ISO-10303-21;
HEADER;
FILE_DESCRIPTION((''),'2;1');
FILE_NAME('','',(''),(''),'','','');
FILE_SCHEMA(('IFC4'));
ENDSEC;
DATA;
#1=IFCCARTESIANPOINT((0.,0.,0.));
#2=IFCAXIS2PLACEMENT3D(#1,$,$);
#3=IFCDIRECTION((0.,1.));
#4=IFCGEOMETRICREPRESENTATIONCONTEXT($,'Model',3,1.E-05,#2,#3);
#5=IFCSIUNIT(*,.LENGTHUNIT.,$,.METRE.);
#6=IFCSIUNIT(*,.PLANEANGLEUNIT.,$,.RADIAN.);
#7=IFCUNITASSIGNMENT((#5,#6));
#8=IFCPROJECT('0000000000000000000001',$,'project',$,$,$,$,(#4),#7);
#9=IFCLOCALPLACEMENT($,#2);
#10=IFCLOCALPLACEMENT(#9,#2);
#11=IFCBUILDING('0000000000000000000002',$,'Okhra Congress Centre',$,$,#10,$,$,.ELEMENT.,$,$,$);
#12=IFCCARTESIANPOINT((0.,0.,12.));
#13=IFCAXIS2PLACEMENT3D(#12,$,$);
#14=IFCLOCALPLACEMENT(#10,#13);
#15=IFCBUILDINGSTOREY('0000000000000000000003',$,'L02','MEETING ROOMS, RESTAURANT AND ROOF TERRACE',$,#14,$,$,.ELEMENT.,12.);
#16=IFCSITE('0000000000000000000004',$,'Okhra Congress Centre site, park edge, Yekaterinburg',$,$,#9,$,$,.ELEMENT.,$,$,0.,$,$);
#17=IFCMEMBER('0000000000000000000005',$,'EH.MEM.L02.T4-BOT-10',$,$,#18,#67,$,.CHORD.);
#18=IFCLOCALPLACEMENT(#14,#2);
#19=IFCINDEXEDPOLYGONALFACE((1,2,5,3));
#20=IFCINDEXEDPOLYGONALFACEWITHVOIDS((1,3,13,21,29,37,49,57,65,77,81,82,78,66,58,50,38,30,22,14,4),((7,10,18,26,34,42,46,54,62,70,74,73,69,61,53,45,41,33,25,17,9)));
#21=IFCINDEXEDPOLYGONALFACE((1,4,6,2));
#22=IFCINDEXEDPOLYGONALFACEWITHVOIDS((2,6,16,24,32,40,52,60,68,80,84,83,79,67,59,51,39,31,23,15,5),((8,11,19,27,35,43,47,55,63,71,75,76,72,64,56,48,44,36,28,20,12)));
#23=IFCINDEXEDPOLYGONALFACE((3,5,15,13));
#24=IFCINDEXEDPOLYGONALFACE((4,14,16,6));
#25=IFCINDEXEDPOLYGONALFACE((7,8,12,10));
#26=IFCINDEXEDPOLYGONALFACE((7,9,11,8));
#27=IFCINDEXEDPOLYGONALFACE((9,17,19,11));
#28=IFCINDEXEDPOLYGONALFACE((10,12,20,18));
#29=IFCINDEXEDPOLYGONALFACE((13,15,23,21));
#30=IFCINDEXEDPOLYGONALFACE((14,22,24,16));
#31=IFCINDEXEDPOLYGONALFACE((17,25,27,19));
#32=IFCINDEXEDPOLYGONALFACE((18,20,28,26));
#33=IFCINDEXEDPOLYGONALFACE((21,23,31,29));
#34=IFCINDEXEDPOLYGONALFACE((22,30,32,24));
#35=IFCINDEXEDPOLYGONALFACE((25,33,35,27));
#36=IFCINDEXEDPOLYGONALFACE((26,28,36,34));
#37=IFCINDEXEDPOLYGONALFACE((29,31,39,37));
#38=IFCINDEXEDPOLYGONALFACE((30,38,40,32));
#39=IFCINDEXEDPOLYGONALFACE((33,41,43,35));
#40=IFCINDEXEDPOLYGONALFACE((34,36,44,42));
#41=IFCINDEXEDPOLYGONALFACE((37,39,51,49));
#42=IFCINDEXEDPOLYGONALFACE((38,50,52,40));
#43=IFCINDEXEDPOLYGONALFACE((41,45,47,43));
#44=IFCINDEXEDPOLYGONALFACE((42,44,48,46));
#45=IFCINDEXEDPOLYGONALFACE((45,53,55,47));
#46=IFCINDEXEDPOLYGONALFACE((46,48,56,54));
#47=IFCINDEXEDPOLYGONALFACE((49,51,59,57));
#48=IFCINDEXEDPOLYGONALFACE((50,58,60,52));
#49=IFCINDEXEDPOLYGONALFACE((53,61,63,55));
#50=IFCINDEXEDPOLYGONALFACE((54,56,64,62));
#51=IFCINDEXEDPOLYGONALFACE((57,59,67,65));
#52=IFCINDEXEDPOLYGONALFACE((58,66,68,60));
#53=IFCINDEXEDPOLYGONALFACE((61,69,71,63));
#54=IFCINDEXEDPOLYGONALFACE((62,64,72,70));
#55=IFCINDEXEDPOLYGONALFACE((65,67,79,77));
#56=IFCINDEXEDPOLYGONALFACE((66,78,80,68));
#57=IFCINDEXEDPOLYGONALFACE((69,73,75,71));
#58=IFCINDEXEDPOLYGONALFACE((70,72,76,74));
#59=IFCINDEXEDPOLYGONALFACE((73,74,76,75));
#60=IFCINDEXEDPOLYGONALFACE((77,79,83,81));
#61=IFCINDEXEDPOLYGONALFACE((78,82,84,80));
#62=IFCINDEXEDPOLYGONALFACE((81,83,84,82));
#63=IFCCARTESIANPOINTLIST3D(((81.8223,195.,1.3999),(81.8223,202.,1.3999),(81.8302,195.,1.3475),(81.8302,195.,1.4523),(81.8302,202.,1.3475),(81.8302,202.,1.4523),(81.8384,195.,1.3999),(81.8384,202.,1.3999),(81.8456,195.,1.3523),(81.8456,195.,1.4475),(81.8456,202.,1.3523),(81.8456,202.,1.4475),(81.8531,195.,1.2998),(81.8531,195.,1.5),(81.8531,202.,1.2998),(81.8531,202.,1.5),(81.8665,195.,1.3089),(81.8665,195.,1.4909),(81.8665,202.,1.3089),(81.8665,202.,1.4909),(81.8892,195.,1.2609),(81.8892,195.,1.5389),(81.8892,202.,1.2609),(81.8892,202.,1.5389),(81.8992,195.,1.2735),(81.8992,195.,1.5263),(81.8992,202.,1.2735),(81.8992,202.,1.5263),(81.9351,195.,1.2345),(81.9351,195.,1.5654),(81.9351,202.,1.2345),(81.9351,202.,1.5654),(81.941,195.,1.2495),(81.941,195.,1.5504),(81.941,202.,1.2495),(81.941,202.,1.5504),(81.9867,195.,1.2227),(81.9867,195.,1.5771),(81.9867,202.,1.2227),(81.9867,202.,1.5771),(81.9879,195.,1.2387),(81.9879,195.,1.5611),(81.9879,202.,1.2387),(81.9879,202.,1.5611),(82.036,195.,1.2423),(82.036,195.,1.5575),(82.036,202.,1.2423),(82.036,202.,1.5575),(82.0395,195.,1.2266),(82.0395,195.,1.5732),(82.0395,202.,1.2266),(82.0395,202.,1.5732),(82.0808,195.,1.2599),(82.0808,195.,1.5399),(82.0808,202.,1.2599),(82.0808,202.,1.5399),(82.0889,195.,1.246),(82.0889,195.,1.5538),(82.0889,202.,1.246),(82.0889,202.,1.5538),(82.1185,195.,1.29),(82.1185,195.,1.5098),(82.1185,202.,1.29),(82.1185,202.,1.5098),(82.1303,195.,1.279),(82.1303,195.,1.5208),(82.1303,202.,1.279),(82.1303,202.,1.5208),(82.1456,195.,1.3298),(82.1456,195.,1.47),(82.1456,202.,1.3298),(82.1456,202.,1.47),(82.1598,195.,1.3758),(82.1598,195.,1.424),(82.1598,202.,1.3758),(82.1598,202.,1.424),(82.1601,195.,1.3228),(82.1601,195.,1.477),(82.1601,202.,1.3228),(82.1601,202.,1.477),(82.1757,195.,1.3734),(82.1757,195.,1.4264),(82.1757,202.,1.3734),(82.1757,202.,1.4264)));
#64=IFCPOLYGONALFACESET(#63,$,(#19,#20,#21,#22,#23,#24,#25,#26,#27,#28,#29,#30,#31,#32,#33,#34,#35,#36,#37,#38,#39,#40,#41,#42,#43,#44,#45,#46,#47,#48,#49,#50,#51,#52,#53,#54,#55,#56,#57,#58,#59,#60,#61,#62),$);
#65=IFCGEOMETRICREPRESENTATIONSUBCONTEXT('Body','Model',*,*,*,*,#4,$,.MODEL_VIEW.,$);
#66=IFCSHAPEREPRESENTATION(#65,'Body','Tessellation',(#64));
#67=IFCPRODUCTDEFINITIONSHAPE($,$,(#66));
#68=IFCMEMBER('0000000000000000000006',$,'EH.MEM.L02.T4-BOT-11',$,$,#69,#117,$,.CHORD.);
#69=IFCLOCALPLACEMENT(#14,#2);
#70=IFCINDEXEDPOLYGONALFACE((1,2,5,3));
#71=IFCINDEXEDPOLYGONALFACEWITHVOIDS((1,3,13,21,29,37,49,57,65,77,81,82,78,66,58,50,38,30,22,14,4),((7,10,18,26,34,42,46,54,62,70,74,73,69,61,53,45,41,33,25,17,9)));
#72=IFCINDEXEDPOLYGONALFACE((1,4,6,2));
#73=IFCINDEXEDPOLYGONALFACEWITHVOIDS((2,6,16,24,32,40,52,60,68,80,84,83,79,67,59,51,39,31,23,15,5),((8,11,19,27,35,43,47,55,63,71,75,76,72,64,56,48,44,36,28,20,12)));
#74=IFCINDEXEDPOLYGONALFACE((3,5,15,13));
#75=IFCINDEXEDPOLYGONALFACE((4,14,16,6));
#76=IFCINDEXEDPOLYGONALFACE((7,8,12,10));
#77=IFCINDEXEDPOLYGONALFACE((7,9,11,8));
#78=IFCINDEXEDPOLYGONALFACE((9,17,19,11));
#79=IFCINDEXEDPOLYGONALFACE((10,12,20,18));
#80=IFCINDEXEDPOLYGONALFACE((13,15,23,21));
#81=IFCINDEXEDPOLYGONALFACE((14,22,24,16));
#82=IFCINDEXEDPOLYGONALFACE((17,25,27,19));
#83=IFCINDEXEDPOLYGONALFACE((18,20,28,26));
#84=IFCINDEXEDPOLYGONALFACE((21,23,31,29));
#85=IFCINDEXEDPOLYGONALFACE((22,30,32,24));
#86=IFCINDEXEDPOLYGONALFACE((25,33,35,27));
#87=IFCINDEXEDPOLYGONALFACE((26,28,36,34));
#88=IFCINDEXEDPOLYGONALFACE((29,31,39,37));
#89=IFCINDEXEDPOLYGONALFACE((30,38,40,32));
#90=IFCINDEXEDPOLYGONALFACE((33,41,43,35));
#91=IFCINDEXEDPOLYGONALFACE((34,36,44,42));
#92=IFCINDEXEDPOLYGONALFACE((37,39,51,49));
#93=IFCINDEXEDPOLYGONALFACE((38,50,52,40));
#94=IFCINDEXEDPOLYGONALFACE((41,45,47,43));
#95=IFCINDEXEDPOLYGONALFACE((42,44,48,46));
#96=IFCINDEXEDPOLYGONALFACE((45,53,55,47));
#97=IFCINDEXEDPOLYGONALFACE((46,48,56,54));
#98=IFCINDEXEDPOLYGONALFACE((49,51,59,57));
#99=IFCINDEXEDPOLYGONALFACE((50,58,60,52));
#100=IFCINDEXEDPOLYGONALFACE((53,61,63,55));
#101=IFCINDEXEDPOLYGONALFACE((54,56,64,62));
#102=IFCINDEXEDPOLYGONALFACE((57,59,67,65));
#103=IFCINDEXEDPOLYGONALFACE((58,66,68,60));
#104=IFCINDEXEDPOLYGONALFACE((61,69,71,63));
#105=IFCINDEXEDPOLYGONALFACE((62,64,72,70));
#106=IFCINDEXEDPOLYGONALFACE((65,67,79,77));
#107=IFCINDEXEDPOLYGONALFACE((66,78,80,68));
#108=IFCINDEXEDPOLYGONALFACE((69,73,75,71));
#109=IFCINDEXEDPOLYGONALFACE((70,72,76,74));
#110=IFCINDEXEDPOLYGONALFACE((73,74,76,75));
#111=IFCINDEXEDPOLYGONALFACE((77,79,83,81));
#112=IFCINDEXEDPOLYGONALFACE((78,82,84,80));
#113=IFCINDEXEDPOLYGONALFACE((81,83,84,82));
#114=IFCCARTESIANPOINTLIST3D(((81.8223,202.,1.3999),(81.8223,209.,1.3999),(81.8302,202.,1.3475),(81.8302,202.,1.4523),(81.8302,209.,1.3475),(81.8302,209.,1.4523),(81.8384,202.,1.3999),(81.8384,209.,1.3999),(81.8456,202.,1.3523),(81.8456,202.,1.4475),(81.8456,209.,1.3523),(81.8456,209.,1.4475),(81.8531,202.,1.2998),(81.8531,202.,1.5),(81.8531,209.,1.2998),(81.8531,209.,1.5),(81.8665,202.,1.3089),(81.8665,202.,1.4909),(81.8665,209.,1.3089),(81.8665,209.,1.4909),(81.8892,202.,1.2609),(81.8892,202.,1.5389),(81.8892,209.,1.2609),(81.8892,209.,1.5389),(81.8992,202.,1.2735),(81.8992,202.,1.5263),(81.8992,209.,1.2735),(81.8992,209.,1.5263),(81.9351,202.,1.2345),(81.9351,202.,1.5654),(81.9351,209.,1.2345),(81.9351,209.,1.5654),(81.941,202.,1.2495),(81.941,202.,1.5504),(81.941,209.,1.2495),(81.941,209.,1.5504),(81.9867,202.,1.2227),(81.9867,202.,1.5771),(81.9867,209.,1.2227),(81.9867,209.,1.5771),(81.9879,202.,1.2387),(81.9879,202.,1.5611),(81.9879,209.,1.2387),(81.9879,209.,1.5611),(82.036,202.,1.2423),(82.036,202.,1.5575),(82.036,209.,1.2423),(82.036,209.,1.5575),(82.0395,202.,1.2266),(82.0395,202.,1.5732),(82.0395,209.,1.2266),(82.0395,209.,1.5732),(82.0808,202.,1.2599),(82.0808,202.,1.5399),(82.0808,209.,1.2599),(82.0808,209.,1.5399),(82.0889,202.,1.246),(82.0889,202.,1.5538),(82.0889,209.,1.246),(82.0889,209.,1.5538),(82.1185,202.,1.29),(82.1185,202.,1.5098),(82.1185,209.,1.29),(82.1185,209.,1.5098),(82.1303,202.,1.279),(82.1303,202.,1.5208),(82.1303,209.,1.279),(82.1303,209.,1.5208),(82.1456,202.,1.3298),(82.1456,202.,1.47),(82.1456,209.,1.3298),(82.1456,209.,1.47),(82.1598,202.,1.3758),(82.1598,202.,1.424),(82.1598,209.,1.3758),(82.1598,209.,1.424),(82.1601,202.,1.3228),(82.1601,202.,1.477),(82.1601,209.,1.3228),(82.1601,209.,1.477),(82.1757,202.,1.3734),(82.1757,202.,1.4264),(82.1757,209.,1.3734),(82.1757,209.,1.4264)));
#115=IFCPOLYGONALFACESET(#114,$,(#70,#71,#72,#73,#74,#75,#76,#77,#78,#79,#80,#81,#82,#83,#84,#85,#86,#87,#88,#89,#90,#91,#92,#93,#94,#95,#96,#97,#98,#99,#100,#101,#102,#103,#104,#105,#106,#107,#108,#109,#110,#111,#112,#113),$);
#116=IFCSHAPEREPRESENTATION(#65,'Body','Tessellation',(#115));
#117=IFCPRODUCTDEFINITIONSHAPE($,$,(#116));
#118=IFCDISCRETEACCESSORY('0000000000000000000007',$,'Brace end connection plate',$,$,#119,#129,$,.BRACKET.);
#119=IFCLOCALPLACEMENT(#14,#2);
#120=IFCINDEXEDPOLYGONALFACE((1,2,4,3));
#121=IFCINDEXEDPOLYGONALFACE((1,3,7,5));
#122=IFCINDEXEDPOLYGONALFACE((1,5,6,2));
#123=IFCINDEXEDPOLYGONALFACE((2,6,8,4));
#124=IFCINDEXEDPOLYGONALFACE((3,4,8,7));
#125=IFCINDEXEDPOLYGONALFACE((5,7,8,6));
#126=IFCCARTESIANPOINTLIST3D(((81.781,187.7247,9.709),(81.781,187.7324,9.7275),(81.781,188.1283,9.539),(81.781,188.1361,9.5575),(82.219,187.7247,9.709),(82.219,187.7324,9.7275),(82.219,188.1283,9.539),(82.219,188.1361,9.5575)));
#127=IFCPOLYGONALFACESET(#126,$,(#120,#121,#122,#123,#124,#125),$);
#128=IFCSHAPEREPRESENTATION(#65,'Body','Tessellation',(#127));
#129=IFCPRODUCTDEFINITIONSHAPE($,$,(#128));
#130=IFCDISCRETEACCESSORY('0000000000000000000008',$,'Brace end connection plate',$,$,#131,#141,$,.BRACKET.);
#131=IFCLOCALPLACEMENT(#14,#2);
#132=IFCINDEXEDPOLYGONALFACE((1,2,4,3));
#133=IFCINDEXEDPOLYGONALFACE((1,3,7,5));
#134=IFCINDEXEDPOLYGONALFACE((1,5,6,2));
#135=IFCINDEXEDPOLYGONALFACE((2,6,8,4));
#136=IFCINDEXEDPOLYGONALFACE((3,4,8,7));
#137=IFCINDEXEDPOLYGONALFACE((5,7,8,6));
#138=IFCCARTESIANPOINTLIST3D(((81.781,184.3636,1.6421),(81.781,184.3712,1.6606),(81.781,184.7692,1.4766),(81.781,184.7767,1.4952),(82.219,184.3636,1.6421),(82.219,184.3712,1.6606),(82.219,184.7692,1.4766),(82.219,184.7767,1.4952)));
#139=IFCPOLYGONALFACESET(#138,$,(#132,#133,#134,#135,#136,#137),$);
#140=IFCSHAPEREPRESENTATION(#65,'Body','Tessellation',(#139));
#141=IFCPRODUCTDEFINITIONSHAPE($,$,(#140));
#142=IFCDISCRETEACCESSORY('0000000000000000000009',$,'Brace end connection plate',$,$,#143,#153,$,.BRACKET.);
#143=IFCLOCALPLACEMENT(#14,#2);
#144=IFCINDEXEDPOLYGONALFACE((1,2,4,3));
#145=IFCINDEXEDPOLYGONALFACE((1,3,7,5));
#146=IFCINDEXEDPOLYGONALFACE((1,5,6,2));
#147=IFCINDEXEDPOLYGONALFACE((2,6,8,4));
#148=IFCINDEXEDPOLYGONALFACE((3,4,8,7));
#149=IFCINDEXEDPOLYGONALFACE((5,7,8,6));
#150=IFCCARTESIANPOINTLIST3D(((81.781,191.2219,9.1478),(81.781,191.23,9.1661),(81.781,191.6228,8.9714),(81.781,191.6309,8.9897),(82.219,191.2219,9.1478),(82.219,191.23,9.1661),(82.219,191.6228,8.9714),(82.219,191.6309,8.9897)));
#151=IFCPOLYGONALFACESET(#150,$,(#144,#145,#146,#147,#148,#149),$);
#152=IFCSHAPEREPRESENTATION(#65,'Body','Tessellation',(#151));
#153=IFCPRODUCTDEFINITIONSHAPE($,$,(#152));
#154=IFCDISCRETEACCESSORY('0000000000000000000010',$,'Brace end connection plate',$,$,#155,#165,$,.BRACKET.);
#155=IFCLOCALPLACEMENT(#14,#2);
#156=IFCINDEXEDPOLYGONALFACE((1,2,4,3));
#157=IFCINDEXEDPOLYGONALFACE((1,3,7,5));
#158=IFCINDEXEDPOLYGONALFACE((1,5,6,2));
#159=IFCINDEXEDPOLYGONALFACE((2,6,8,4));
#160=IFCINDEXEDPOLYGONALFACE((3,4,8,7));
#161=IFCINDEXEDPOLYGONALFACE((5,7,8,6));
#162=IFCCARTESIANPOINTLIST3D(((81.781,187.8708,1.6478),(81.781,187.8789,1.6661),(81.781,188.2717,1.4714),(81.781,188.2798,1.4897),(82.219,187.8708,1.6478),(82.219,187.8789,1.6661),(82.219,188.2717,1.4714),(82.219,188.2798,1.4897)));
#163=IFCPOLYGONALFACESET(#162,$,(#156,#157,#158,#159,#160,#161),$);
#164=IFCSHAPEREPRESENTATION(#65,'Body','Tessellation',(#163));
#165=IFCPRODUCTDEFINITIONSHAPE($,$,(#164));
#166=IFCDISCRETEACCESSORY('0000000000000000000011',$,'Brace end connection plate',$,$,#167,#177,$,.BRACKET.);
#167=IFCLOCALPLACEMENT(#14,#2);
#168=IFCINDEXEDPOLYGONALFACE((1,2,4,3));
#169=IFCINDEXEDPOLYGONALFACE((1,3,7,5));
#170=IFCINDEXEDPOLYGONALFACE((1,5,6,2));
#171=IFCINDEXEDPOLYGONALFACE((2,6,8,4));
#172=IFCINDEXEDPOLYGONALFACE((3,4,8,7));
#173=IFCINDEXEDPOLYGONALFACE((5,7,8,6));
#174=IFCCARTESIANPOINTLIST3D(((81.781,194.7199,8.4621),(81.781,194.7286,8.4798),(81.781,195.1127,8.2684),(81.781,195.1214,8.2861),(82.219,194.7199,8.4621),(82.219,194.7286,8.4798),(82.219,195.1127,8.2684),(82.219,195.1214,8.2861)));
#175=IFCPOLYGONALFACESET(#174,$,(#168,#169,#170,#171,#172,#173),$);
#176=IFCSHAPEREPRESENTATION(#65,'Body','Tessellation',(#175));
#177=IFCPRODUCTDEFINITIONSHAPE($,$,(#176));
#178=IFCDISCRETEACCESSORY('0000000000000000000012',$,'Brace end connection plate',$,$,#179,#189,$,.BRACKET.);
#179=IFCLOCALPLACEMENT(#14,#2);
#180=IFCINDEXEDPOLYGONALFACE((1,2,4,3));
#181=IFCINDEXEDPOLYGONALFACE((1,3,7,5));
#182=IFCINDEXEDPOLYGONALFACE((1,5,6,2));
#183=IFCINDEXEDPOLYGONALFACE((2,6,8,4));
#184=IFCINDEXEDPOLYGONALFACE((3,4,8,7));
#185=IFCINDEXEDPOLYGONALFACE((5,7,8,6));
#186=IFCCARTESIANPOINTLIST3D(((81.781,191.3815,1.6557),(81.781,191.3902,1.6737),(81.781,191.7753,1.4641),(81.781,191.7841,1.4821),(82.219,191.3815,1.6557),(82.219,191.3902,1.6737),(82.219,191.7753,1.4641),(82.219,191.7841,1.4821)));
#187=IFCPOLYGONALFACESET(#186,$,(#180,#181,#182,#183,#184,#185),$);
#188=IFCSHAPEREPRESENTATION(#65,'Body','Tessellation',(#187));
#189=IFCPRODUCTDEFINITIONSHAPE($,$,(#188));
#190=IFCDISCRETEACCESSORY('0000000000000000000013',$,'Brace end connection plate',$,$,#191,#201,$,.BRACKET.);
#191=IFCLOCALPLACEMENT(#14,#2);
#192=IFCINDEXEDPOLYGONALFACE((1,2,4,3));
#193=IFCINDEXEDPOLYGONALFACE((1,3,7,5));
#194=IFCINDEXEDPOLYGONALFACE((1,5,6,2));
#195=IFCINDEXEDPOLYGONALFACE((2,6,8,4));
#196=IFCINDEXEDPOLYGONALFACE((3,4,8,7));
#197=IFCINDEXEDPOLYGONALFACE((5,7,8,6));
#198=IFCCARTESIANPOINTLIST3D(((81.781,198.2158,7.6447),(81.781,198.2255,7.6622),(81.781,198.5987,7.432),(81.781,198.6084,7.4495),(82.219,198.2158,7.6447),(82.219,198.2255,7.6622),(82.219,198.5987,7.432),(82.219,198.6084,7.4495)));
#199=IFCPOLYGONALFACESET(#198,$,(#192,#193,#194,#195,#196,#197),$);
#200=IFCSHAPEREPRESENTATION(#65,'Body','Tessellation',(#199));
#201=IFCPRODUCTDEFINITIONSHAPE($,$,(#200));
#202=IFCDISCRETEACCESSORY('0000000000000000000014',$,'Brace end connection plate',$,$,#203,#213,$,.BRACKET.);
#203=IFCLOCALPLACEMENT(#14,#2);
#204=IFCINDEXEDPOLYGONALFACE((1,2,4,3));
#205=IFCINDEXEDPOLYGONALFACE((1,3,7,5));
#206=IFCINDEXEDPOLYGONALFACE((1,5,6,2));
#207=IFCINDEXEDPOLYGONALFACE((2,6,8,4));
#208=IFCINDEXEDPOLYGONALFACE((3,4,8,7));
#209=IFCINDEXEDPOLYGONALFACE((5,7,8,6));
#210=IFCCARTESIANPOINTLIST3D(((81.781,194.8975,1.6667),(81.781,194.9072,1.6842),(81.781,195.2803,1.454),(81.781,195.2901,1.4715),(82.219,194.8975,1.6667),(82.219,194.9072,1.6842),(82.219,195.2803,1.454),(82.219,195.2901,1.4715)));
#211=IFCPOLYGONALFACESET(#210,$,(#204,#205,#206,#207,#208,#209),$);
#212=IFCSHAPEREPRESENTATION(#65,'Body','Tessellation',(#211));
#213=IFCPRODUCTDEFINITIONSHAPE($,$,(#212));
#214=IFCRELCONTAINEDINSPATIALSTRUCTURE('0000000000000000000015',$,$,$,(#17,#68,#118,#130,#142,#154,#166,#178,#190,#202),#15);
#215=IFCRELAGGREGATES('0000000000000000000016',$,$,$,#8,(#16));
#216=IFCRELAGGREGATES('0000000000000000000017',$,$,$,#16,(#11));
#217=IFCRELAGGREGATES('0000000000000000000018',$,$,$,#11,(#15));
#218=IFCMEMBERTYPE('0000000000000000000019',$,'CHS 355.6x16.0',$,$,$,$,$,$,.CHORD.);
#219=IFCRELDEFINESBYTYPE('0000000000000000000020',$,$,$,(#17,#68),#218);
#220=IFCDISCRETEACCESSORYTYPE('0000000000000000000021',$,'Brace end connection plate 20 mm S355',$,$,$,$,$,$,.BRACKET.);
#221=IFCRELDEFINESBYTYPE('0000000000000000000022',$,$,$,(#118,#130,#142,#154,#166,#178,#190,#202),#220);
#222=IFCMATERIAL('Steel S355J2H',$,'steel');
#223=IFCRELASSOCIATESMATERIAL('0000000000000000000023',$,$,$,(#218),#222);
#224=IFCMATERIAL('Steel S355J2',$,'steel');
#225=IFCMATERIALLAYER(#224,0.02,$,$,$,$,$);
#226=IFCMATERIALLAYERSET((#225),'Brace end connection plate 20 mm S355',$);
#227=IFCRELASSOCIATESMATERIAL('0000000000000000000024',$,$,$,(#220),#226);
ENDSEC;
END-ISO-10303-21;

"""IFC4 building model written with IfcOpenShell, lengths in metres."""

from ifc_helpers import new_model, si_unit, direction, frame, origin, origin_2d, place, context, subcontext, project, spatial, rectangle, hollow_circle, extrude, material, layer, layer_set, material_profile, profile_set, type_object, element, save


model = new_model("IFC4")

# Units and contexts
model_context = context("Model", 3, precision=1e-05, world=origin(), true_north=direction((0.0, 1.0)))
body_context = subcontext(model_context, "Body", "Model", "MODEL_VIEW")
ifc_project = project(units=[si_unit("LENGTHUNIT", "METRE"), si_unit("PLANEANGLEUNIT", "RADIAN")], contexts=[model_context])

# Site, building, storey
site_placement = place(None, origin())
site = spatial("IfcSite", under=ifc_project, at=site_placement, Name="Okhra Congress Centre site, park edge, Yekaterinburg", CompositionType="ELEMENT", RefElevation=0.0)
building_placement = place(site_placement, origin())
building = spatial("IfcBuilding", under=site, at=building_placement, Name="Okhra Congress Centre", CompositionType="ELEMENT")
storey_placement = place(building_placement, frame((0.0, 0.0, 12.0)))
storey = spatial("IfcBuildingStorey", under=building, at=storey_placement, Name="L02", Description="MEETING ROOMS, RESTAURANT AND ROOF TERRACE", CompositionType="ELEMENT", Elevation=12.0)

# Members
ifc_material_1 = material(Name="Steel S355J2H", Category="steel")
ifc_material_profile_1 = material_profile(ifc_material_1, hollow_circle(Radius=0.1777, WallThickness=0.0161, at=origin_2d()), Name="CHS 355.6x16.0")
ifc_profile_set_1 = profile_set([ifc_material_profile_1], Name="Steel S355J2H")
member_type_1 = type_object("IfcMemberType", Name="CHS 355.6x16.0", PredefinedType="CHORD", material=ifc_profile_set_1)
for number, where, z_axis, x_axis, name in (
    (1, (82.0, 195.0, 1.3999), (0.0, 1.0, 0.0), (-1.0, 0.0, 0.0), "EH.MEM.L02.T4-BOT-10"),
    (2, (82.0, 202.0, 1.3999), (0.0, 1.0, 0.0), (-1.0, 0.0, 0.0), "EH.MEM.L02.T4-BOT-11"),
):
    element("IfcMember", number, at=place(storey_placement, frame(where, z_axis=z_axis, x_axis=x_axis)), inside=storey, type_object=member_type_1, Name=name, PredefinedType="CHORD", context=body_context, shape_type="SweptSolid", body=[
        extrude(hollow_circle(Radius=0.1777, WallThickness=0.0161, at=origin_2d()), origin(), (0.0, 0.0, 1.0), 7.0),
    ])

# Discrete accessories
ifc_material_2 = material(Name="Steel S355J2", Category="steel")
ifc_layer = layer(ifc_material_2, 0.02)
ifc_layer_set = layer_set([ifc_layer], Name="Brace end connection plate 20 mm S355")
discrete_accessory_type = type_object("IfcDiscreteAccessoryType", Name="Brace end connection plate 20 mm S355", PredefinedType="BRACKET", material=ifc_layer_set)
for number, where, z_axis, x_axis, name in (
    (3, (82.0, 187.9265, 9.624), (0.0, 0.388057, 0.921635), (-1.0, 0.0, 0.0), "Brace end connection plate"),
    (4, (82.0, 184.574, 1.5779), (0.0, -0.377684, -0.925935), (1.0, 0.0, 0.0), "Brace end connection plate"),
    (5, (82.0, 191.4224, 9.0596), (0.0, 0.402739, 0.915315), (-1.0, 0.0, 0.0), "Brace end connection plate"),
    (6, (82.0, 188.0793, 1.5779), (0.0, -0.402739, -0.915315), (1.0, 0.0, 0.0), "Brace end connection plate"),
):
    element("IfcDiscreteAccessory", number, at=place(storey_placement, frame(where, z_axis=z_axis, x_axis=x_axis)), inside=storey, type_object=discrete_accessory_type, Name=name, PredefinedType="BRACKET", context=body_context, shape_type="SweptSolid", body=[
        extrude(rectangle(XDim=0.438, YDim=0.438, at=origin_2d()), origin(), (0.0, 0.0, 1.0), 0.02),
    ])
discrete_accessory_placement = place(storey_placement, frame((82.0, 194.9163, 8.3652), z_axis=(0.0, 0.442292, 0.896871), x_axis=(-1.0, 0.0, 0.0)))
element("IfcDiscreteAccessory", 7, at=discrete_accessory_placement, inside=storey, type_object=discrete_accessory_type, Name="Brace end connection plate", PredefinedType="BRACKET", context=body_context, shape_type="SweptSolid", body=[
    extrude(rectangle(XDim=0.438, YDim=0.438, at=origin_2d()), origin(), (0.0, 0.0, 1.0), 0.0198),
])
for number, where, z_axis, x_axis, name in (
    (8, (82.0, 191.5872, 1.5779), (0.0, -0.437466, -0.899235), (1.0, 0.0, 0.0), "Brace end connection plate"),
    (9, (82.0, 198.4072, 7.5383), (0.0, 0.485643, 0.874157), (-1.0, 0.0, 0.0), "Brace end connection plate"),
    (10, (82.0, 195.0986, 1.5779), (0.0, -0.485643, -0.874157), (1.0, 0.0, 0.0), "Brace end connection plate"),
):
    element("IfcDiscreteAccessory", number, at=place(storey_placement, frame(where, z_axis=z_axis, x_axis=x_axis)), inside=storey, type_object=discrete_accessory_type, Name=name, PredefinedType="BRACKET", context=body_context, shape_type="SweptSolid", body=[
        extrude(rectangle(XDim=0.438, YDim=0.438, at=origin_2d()), origin(), (0.0, 0.0, 1.0), 0.02),
    ])

save(model, "model.ifc")
